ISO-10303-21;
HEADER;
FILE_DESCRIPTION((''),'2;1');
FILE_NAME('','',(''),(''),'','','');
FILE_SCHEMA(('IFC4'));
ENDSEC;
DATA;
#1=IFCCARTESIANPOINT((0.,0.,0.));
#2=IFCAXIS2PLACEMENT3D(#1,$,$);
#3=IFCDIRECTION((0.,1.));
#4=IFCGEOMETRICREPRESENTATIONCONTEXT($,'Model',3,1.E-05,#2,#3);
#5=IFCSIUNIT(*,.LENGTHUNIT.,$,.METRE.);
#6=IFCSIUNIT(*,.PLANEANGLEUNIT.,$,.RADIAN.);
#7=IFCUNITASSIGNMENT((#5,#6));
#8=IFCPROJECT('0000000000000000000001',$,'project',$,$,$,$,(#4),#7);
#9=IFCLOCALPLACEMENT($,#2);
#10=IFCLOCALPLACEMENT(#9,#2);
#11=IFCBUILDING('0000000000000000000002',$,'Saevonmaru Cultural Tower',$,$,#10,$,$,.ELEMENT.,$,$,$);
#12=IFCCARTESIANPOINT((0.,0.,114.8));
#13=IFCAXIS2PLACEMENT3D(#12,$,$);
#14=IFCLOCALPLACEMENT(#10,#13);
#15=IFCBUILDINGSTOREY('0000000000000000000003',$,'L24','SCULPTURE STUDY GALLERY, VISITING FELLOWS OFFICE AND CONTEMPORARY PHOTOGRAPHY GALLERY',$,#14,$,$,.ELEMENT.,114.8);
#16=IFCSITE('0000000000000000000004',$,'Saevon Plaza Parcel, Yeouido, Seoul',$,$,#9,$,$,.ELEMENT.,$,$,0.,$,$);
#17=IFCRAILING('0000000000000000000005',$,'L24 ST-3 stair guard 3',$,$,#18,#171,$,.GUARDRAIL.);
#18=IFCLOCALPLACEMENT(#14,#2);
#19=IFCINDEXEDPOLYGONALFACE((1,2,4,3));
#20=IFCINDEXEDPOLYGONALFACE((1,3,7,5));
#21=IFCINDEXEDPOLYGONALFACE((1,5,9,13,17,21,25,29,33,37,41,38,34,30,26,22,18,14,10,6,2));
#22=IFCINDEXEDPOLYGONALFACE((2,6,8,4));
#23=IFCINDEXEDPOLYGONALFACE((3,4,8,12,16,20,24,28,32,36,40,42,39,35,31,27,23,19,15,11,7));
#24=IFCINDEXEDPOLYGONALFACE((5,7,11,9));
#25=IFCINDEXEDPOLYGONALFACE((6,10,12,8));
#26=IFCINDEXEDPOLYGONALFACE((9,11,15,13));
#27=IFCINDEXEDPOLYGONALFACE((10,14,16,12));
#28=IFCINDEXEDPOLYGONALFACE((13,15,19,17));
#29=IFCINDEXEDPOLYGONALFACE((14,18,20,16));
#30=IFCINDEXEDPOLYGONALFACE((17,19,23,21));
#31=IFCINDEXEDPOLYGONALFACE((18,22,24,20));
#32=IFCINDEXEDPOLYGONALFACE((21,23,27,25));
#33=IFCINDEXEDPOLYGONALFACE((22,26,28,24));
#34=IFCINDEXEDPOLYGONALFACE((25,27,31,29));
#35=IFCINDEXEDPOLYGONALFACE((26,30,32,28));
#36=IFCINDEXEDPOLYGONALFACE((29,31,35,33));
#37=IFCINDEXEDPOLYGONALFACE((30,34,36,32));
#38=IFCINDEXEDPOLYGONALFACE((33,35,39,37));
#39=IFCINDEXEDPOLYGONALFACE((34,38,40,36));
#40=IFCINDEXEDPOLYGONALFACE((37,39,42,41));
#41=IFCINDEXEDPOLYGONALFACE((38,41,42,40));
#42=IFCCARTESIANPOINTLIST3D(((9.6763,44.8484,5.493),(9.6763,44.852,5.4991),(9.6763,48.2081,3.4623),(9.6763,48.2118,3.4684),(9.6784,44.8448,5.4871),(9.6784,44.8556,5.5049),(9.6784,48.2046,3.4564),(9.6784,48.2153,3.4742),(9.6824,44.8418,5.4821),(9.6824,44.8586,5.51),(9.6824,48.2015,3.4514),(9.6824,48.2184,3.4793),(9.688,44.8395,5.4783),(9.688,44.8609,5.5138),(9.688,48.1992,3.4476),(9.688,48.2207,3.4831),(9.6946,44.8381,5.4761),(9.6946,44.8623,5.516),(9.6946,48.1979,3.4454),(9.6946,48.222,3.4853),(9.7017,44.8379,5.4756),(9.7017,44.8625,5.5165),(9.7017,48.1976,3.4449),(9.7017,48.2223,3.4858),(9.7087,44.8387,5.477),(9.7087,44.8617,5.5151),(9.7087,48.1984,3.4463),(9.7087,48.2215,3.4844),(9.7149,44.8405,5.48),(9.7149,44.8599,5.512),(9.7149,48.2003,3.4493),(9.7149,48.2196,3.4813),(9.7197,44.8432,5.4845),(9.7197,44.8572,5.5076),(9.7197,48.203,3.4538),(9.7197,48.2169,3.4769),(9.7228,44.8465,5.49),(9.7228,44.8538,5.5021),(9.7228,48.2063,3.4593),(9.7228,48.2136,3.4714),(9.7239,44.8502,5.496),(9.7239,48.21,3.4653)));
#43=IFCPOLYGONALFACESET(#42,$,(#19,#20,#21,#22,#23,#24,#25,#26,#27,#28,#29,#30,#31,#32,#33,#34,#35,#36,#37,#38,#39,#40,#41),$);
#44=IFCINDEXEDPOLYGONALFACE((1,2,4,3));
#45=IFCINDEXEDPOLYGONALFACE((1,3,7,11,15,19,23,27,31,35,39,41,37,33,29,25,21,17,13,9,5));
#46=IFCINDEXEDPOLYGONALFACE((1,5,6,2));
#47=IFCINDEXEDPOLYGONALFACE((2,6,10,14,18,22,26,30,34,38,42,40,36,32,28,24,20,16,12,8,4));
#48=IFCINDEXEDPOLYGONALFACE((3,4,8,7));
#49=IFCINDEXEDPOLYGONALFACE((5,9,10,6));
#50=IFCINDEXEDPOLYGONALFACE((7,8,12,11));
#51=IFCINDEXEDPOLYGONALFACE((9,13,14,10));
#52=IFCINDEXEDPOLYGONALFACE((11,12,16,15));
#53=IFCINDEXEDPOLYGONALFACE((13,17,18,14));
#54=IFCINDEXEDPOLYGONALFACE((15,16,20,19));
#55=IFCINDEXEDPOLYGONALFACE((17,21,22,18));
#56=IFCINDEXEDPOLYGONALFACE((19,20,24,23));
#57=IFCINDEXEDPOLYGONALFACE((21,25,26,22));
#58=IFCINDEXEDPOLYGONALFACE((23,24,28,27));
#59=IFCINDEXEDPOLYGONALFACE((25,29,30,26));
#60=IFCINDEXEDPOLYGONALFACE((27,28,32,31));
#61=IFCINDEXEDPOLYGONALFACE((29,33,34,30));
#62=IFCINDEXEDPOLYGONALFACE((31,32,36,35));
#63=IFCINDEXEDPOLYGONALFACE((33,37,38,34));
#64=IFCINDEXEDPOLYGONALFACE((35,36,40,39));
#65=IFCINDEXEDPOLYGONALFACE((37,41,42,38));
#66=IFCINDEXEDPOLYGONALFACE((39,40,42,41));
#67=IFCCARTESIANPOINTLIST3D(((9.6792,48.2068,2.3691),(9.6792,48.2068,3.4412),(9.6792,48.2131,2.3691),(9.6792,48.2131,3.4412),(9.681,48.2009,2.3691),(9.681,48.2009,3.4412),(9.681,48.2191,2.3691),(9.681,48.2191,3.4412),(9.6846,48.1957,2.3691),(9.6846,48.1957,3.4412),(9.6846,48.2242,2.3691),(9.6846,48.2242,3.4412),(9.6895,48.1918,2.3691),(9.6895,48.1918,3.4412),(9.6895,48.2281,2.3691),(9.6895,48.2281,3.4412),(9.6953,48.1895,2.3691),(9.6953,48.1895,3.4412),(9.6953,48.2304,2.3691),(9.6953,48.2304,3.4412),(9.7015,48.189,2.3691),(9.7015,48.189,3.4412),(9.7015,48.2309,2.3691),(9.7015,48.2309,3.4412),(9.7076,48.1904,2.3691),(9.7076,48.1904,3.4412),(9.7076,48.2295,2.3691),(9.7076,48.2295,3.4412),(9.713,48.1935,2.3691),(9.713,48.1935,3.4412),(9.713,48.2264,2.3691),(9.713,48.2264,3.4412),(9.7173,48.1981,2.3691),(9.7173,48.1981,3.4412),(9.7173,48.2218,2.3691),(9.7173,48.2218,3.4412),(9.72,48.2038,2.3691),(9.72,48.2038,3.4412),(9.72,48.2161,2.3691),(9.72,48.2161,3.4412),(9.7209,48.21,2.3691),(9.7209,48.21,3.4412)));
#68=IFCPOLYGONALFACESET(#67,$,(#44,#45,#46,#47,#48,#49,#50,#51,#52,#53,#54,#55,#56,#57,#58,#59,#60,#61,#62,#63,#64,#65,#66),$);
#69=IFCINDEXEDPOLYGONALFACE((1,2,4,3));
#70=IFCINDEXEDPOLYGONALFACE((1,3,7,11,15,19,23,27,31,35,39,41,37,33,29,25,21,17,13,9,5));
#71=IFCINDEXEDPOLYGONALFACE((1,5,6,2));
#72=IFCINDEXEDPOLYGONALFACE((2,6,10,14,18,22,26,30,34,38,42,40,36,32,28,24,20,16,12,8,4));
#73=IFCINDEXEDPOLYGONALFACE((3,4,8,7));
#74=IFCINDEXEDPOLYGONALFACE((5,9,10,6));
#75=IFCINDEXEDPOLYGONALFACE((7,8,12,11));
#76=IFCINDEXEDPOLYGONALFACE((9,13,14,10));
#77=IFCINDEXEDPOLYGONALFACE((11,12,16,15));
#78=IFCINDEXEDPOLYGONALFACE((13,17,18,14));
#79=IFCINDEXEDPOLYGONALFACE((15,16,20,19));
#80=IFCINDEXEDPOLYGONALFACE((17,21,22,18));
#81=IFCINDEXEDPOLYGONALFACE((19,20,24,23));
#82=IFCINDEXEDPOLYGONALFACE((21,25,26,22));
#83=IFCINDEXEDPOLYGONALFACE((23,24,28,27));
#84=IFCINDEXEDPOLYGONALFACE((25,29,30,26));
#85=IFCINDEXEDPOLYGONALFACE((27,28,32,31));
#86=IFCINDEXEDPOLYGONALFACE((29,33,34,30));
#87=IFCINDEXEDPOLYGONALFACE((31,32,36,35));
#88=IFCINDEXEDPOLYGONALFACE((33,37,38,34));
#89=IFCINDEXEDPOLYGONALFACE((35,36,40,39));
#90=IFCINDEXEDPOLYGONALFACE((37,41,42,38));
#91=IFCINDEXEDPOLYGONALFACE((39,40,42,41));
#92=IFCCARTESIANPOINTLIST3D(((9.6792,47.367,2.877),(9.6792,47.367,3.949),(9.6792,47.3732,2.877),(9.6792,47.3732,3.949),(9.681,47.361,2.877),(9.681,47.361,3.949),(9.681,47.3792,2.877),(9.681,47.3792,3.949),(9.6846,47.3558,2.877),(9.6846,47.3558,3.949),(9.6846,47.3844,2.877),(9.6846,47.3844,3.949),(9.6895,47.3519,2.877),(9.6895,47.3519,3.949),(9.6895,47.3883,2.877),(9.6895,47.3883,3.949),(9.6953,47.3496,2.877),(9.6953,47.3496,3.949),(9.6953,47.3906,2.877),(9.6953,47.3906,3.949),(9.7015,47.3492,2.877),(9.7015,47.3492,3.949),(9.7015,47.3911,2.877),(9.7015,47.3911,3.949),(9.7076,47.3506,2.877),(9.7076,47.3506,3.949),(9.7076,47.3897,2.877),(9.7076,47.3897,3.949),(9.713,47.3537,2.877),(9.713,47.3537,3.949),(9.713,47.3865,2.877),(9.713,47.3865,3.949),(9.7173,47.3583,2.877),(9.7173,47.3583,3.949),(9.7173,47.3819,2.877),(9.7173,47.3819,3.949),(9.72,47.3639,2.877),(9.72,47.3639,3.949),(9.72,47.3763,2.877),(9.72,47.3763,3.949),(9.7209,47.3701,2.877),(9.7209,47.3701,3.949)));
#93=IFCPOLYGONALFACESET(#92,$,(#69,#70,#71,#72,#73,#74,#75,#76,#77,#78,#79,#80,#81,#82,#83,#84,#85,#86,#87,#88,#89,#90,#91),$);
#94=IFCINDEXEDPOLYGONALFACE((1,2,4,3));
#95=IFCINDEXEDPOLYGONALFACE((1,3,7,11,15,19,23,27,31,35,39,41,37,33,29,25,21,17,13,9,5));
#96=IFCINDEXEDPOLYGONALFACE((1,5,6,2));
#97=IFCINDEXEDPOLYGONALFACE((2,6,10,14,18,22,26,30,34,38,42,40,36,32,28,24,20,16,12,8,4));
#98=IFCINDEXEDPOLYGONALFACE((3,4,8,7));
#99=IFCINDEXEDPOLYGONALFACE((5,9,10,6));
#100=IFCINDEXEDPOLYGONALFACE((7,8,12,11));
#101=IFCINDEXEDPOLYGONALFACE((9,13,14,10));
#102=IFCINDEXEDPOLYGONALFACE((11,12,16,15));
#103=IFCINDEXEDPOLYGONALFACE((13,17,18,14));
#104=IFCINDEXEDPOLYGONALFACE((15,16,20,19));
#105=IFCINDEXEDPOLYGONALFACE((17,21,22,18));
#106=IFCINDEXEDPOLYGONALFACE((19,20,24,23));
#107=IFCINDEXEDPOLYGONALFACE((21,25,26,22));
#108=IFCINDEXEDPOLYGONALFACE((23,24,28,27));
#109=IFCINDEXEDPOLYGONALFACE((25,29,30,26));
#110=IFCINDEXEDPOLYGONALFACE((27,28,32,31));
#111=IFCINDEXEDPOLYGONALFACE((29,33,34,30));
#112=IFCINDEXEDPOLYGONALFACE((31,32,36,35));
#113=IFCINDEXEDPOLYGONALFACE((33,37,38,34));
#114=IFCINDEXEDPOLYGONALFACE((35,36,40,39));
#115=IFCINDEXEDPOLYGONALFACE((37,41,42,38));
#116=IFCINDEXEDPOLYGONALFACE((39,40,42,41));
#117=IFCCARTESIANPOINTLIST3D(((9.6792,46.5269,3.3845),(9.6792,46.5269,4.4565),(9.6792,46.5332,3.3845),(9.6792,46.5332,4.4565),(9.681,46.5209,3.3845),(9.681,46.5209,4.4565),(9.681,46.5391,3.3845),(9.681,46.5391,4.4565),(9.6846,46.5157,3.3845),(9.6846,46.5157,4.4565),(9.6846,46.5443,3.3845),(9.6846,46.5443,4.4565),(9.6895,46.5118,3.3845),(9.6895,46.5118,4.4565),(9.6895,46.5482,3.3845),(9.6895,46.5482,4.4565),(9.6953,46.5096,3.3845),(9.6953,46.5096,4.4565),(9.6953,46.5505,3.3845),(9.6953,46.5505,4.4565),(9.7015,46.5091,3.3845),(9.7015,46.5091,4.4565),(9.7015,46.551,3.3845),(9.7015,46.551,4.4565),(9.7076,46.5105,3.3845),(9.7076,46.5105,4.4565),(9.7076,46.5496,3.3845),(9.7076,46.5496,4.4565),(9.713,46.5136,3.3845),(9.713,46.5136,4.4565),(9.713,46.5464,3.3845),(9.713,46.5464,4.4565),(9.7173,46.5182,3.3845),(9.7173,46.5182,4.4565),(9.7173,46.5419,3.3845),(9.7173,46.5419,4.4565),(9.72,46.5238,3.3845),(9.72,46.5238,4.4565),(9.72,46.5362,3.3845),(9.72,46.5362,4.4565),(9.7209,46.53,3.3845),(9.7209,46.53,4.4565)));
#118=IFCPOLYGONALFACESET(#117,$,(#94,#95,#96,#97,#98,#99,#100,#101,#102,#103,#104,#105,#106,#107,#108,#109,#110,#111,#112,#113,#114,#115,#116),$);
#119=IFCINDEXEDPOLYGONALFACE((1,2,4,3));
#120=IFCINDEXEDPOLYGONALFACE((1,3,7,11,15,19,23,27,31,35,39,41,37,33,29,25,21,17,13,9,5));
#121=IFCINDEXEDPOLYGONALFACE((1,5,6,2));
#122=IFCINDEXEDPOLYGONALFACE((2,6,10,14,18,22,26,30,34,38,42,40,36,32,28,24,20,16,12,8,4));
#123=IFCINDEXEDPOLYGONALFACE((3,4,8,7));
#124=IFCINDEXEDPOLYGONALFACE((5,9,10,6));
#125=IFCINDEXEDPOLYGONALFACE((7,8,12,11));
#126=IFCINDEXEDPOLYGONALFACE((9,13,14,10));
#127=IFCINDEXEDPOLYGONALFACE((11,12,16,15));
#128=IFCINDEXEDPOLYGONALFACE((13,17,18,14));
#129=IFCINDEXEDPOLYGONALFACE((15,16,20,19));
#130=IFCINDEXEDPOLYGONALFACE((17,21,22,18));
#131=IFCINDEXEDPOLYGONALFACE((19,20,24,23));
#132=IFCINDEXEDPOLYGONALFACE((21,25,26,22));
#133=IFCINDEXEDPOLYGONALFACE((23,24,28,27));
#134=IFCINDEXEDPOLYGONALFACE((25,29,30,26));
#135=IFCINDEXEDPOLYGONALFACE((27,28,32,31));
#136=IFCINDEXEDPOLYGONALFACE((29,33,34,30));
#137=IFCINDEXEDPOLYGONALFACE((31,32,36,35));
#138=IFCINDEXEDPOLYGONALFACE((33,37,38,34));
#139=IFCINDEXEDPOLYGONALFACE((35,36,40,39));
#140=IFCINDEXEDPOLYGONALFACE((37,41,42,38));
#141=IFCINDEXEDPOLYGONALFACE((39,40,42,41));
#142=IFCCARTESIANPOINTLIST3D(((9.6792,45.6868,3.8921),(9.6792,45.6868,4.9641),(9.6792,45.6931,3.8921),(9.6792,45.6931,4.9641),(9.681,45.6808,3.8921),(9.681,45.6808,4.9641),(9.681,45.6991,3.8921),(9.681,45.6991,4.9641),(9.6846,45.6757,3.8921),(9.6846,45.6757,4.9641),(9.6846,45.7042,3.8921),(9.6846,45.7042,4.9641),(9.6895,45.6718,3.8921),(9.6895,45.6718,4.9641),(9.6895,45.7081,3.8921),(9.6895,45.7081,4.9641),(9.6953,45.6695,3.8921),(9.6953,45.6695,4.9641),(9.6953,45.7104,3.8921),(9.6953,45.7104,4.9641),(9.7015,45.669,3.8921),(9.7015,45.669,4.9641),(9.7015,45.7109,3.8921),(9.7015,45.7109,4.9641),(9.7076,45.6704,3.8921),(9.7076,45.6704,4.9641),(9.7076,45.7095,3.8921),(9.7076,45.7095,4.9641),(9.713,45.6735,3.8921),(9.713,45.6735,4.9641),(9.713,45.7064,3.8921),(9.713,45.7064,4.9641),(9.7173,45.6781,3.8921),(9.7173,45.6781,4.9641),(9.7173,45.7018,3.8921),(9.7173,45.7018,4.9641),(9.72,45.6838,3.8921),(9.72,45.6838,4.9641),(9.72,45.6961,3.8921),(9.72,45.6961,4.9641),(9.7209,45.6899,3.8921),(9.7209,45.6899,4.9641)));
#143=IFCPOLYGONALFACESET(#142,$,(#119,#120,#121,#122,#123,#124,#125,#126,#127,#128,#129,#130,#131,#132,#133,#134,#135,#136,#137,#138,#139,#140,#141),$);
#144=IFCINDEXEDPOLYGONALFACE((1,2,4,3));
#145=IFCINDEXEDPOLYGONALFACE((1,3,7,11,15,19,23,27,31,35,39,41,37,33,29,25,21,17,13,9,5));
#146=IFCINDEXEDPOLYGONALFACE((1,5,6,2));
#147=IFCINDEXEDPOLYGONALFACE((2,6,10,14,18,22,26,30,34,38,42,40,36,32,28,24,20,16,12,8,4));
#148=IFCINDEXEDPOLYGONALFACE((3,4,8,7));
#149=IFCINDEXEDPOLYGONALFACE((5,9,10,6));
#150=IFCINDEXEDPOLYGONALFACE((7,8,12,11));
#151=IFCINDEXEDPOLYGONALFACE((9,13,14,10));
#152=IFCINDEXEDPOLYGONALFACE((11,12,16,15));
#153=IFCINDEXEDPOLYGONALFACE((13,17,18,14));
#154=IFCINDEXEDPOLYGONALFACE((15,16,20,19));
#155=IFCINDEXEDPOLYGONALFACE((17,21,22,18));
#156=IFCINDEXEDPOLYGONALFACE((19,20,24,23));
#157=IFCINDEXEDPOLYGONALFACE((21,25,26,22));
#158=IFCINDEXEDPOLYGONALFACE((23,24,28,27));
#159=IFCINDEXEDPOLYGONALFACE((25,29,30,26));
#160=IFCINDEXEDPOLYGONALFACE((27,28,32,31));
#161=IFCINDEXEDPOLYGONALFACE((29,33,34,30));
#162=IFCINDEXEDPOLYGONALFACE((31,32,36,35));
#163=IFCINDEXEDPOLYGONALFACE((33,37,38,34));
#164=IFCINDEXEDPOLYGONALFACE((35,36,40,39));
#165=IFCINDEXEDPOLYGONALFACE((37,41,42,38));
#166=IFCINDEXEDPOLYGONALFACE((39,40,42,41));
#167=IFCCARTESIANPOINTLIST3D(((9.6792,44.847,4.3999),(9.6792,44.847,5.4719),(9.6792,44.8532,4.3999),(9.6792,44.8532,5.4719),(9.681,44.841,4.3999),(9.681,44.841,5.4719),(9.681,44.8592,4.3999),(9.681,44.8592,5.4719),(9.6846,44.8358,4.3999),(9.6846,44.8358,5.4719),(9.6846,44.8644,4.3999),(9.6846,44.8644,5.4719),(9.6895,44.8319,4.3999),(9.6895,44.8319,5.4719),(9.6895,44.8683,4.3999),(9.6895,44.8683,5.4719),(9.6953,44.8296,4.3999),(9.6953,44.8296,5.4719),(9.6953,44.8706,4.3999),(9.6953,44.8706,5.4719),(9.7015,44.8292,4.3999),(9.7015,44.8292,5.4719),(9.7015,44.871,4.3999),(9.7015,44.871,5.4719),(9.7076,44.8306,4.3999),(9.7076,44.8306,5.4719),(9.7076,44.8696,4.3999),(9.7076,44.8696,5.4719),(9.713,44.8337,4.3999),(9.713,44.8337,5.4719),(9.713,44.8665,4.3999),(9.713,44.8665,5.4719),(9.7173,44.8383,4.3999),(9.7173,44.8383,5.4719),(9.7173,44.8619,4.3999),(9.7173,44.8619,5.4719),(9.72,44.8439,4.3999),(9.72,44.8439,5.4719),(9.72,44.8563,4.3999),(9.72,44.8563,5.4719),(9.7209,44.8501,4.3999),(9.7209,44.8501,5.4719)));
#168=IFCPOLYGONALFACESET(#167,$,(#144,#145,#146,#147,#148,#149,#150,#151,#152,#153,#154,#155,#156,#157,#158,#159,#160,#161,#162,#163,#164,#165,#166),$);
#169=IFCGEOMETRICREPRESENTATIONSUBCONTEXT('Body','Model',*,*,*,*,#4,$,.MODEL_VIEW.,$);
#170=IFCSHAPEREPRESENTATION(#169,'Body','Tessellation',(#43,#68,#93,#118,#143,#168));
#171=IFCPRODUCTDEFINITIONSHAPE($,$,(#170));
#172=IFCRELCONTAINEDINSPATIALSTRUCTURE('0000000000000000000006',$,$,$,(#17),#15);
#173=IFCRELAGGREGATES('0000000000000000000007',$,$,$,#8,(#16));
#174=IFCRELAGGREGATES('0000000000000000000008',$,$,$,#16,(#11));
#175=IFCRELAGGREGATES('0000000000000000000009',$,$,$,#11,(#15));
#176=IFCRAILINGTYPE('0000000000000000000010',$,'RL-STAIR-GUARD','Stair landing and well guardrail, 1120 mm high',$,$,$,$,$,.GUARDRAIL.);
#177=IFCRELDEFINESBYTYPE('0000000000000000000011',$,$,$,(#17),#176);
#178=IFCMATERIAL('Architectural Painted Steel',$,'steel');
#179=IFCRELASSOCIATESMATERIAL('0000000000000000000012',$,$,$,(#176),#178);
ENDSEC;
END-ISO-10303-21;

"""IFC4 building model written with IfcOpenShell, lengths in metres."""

from ifc_helpers import new_model, si_unit, direction, frame, origin, origin_2d, place, context, subcontext, project, spatial, circle, extrude, material, type_object, element, save


model = new_model("IFC4")

# Units and contexts
model_context = context("Model", 3, precision=1e-05, world=origin(), true_north=direction((0.0, 1.0)))
body_context = subcontext(model_context, "Body", "Model", "MODEL_VIEW")
ifc_project = project(units=[si_unit("LENGTHUNIT", "METRE"), si_unit("PLANEANGLEUNIT", "RADIAN")], contexts=[model_context])

# Site, building, storey
site_placement = place(None, origin())
site = spatial("IfcSite", under=ifc_project, at=site_placement, Name="Saevon Plaza Parcel, Yeouido, Seoul", CompositionType="ELEMENT", RefElevation=0.0)
building_placement = place(site_placement, origin())
building = spatial("IfcBuilding", under=site, at=building_placement, Name="Saevonmaru Cultural Tower", CompositionType="ELEMENT")
storey_placement = place(building_placement, frame((0.0, 0.0, 114.8)))
storey = spatial("IfcBuildingStorey", under=building, at=storey_placement, Name="L24", Description="SCULPTURE STUDY GALLERY, VISITING FELLOWS OFFICE AND CONTEMPORARY PHOTOGRAPHY GALLERY", CompositionType="ELEMENT", Elevation=114.8)

# Railing
ifc_material_1 = material(Name="Architectural Painted Steel", Category="steel")
railing_type_1 = type_object("IfcRailingType", Name="RL-STAIR-GUARD", Description="Stair landing and well guardrail, 1120 mm high", PredefinedType="GUARDRAIL", material=ifc_material_1)
railing_1_placement = place(storey_placement, frame((9.7, 48.21, 2.3691)))
element("IfcRailing", 1, at=railing_1_placement, inside=storey, type_object=railing_type_1, Name="L24 ST-3 stair guard 3", PredefinedType="GUARDRAIL", context=body_context, shape_type="SweptSolid", body=[
    extrude(circle(Radius=0.0239, at=origin_2d()), frame((0.0, 0.0, 1.0962), z_axis=(0.0, -0.85582, 0.517273), x_axis=(1.0, 0.0, 0.0)), (0.0, 0.0, 1.0), 3.9258),
    extrude(circle(Radius=0.021, at=origin_2d()), origin(), (0.0, 0.0, 1.0), 1.072),
    extrude(circle(Radius=0.021, at=origin_2d()), frame((0.0, -0.8398, 0.5078)), (0.0, 0.0, 1.0), 1.072),
    extrude(circle(Radius=0.021, at=origin_2d()), frame((0.0, -1.6799, 1.0154)), (0.0, 0.0, 1.0), 1.072),
    extrude(circle(Radius=0.021, at=origin_2d()), frame((0.0, -2.52, 1.5229)), (0.0, 0.0, 1.0), 1.072),
    extrude(circle(Radius=0.021, at=origin_2d()), frame((0.0, -3.3599, 2.0308)), (0.0, 0.0, 1.0), 1.072),
])

save(model, "model.ifc")
